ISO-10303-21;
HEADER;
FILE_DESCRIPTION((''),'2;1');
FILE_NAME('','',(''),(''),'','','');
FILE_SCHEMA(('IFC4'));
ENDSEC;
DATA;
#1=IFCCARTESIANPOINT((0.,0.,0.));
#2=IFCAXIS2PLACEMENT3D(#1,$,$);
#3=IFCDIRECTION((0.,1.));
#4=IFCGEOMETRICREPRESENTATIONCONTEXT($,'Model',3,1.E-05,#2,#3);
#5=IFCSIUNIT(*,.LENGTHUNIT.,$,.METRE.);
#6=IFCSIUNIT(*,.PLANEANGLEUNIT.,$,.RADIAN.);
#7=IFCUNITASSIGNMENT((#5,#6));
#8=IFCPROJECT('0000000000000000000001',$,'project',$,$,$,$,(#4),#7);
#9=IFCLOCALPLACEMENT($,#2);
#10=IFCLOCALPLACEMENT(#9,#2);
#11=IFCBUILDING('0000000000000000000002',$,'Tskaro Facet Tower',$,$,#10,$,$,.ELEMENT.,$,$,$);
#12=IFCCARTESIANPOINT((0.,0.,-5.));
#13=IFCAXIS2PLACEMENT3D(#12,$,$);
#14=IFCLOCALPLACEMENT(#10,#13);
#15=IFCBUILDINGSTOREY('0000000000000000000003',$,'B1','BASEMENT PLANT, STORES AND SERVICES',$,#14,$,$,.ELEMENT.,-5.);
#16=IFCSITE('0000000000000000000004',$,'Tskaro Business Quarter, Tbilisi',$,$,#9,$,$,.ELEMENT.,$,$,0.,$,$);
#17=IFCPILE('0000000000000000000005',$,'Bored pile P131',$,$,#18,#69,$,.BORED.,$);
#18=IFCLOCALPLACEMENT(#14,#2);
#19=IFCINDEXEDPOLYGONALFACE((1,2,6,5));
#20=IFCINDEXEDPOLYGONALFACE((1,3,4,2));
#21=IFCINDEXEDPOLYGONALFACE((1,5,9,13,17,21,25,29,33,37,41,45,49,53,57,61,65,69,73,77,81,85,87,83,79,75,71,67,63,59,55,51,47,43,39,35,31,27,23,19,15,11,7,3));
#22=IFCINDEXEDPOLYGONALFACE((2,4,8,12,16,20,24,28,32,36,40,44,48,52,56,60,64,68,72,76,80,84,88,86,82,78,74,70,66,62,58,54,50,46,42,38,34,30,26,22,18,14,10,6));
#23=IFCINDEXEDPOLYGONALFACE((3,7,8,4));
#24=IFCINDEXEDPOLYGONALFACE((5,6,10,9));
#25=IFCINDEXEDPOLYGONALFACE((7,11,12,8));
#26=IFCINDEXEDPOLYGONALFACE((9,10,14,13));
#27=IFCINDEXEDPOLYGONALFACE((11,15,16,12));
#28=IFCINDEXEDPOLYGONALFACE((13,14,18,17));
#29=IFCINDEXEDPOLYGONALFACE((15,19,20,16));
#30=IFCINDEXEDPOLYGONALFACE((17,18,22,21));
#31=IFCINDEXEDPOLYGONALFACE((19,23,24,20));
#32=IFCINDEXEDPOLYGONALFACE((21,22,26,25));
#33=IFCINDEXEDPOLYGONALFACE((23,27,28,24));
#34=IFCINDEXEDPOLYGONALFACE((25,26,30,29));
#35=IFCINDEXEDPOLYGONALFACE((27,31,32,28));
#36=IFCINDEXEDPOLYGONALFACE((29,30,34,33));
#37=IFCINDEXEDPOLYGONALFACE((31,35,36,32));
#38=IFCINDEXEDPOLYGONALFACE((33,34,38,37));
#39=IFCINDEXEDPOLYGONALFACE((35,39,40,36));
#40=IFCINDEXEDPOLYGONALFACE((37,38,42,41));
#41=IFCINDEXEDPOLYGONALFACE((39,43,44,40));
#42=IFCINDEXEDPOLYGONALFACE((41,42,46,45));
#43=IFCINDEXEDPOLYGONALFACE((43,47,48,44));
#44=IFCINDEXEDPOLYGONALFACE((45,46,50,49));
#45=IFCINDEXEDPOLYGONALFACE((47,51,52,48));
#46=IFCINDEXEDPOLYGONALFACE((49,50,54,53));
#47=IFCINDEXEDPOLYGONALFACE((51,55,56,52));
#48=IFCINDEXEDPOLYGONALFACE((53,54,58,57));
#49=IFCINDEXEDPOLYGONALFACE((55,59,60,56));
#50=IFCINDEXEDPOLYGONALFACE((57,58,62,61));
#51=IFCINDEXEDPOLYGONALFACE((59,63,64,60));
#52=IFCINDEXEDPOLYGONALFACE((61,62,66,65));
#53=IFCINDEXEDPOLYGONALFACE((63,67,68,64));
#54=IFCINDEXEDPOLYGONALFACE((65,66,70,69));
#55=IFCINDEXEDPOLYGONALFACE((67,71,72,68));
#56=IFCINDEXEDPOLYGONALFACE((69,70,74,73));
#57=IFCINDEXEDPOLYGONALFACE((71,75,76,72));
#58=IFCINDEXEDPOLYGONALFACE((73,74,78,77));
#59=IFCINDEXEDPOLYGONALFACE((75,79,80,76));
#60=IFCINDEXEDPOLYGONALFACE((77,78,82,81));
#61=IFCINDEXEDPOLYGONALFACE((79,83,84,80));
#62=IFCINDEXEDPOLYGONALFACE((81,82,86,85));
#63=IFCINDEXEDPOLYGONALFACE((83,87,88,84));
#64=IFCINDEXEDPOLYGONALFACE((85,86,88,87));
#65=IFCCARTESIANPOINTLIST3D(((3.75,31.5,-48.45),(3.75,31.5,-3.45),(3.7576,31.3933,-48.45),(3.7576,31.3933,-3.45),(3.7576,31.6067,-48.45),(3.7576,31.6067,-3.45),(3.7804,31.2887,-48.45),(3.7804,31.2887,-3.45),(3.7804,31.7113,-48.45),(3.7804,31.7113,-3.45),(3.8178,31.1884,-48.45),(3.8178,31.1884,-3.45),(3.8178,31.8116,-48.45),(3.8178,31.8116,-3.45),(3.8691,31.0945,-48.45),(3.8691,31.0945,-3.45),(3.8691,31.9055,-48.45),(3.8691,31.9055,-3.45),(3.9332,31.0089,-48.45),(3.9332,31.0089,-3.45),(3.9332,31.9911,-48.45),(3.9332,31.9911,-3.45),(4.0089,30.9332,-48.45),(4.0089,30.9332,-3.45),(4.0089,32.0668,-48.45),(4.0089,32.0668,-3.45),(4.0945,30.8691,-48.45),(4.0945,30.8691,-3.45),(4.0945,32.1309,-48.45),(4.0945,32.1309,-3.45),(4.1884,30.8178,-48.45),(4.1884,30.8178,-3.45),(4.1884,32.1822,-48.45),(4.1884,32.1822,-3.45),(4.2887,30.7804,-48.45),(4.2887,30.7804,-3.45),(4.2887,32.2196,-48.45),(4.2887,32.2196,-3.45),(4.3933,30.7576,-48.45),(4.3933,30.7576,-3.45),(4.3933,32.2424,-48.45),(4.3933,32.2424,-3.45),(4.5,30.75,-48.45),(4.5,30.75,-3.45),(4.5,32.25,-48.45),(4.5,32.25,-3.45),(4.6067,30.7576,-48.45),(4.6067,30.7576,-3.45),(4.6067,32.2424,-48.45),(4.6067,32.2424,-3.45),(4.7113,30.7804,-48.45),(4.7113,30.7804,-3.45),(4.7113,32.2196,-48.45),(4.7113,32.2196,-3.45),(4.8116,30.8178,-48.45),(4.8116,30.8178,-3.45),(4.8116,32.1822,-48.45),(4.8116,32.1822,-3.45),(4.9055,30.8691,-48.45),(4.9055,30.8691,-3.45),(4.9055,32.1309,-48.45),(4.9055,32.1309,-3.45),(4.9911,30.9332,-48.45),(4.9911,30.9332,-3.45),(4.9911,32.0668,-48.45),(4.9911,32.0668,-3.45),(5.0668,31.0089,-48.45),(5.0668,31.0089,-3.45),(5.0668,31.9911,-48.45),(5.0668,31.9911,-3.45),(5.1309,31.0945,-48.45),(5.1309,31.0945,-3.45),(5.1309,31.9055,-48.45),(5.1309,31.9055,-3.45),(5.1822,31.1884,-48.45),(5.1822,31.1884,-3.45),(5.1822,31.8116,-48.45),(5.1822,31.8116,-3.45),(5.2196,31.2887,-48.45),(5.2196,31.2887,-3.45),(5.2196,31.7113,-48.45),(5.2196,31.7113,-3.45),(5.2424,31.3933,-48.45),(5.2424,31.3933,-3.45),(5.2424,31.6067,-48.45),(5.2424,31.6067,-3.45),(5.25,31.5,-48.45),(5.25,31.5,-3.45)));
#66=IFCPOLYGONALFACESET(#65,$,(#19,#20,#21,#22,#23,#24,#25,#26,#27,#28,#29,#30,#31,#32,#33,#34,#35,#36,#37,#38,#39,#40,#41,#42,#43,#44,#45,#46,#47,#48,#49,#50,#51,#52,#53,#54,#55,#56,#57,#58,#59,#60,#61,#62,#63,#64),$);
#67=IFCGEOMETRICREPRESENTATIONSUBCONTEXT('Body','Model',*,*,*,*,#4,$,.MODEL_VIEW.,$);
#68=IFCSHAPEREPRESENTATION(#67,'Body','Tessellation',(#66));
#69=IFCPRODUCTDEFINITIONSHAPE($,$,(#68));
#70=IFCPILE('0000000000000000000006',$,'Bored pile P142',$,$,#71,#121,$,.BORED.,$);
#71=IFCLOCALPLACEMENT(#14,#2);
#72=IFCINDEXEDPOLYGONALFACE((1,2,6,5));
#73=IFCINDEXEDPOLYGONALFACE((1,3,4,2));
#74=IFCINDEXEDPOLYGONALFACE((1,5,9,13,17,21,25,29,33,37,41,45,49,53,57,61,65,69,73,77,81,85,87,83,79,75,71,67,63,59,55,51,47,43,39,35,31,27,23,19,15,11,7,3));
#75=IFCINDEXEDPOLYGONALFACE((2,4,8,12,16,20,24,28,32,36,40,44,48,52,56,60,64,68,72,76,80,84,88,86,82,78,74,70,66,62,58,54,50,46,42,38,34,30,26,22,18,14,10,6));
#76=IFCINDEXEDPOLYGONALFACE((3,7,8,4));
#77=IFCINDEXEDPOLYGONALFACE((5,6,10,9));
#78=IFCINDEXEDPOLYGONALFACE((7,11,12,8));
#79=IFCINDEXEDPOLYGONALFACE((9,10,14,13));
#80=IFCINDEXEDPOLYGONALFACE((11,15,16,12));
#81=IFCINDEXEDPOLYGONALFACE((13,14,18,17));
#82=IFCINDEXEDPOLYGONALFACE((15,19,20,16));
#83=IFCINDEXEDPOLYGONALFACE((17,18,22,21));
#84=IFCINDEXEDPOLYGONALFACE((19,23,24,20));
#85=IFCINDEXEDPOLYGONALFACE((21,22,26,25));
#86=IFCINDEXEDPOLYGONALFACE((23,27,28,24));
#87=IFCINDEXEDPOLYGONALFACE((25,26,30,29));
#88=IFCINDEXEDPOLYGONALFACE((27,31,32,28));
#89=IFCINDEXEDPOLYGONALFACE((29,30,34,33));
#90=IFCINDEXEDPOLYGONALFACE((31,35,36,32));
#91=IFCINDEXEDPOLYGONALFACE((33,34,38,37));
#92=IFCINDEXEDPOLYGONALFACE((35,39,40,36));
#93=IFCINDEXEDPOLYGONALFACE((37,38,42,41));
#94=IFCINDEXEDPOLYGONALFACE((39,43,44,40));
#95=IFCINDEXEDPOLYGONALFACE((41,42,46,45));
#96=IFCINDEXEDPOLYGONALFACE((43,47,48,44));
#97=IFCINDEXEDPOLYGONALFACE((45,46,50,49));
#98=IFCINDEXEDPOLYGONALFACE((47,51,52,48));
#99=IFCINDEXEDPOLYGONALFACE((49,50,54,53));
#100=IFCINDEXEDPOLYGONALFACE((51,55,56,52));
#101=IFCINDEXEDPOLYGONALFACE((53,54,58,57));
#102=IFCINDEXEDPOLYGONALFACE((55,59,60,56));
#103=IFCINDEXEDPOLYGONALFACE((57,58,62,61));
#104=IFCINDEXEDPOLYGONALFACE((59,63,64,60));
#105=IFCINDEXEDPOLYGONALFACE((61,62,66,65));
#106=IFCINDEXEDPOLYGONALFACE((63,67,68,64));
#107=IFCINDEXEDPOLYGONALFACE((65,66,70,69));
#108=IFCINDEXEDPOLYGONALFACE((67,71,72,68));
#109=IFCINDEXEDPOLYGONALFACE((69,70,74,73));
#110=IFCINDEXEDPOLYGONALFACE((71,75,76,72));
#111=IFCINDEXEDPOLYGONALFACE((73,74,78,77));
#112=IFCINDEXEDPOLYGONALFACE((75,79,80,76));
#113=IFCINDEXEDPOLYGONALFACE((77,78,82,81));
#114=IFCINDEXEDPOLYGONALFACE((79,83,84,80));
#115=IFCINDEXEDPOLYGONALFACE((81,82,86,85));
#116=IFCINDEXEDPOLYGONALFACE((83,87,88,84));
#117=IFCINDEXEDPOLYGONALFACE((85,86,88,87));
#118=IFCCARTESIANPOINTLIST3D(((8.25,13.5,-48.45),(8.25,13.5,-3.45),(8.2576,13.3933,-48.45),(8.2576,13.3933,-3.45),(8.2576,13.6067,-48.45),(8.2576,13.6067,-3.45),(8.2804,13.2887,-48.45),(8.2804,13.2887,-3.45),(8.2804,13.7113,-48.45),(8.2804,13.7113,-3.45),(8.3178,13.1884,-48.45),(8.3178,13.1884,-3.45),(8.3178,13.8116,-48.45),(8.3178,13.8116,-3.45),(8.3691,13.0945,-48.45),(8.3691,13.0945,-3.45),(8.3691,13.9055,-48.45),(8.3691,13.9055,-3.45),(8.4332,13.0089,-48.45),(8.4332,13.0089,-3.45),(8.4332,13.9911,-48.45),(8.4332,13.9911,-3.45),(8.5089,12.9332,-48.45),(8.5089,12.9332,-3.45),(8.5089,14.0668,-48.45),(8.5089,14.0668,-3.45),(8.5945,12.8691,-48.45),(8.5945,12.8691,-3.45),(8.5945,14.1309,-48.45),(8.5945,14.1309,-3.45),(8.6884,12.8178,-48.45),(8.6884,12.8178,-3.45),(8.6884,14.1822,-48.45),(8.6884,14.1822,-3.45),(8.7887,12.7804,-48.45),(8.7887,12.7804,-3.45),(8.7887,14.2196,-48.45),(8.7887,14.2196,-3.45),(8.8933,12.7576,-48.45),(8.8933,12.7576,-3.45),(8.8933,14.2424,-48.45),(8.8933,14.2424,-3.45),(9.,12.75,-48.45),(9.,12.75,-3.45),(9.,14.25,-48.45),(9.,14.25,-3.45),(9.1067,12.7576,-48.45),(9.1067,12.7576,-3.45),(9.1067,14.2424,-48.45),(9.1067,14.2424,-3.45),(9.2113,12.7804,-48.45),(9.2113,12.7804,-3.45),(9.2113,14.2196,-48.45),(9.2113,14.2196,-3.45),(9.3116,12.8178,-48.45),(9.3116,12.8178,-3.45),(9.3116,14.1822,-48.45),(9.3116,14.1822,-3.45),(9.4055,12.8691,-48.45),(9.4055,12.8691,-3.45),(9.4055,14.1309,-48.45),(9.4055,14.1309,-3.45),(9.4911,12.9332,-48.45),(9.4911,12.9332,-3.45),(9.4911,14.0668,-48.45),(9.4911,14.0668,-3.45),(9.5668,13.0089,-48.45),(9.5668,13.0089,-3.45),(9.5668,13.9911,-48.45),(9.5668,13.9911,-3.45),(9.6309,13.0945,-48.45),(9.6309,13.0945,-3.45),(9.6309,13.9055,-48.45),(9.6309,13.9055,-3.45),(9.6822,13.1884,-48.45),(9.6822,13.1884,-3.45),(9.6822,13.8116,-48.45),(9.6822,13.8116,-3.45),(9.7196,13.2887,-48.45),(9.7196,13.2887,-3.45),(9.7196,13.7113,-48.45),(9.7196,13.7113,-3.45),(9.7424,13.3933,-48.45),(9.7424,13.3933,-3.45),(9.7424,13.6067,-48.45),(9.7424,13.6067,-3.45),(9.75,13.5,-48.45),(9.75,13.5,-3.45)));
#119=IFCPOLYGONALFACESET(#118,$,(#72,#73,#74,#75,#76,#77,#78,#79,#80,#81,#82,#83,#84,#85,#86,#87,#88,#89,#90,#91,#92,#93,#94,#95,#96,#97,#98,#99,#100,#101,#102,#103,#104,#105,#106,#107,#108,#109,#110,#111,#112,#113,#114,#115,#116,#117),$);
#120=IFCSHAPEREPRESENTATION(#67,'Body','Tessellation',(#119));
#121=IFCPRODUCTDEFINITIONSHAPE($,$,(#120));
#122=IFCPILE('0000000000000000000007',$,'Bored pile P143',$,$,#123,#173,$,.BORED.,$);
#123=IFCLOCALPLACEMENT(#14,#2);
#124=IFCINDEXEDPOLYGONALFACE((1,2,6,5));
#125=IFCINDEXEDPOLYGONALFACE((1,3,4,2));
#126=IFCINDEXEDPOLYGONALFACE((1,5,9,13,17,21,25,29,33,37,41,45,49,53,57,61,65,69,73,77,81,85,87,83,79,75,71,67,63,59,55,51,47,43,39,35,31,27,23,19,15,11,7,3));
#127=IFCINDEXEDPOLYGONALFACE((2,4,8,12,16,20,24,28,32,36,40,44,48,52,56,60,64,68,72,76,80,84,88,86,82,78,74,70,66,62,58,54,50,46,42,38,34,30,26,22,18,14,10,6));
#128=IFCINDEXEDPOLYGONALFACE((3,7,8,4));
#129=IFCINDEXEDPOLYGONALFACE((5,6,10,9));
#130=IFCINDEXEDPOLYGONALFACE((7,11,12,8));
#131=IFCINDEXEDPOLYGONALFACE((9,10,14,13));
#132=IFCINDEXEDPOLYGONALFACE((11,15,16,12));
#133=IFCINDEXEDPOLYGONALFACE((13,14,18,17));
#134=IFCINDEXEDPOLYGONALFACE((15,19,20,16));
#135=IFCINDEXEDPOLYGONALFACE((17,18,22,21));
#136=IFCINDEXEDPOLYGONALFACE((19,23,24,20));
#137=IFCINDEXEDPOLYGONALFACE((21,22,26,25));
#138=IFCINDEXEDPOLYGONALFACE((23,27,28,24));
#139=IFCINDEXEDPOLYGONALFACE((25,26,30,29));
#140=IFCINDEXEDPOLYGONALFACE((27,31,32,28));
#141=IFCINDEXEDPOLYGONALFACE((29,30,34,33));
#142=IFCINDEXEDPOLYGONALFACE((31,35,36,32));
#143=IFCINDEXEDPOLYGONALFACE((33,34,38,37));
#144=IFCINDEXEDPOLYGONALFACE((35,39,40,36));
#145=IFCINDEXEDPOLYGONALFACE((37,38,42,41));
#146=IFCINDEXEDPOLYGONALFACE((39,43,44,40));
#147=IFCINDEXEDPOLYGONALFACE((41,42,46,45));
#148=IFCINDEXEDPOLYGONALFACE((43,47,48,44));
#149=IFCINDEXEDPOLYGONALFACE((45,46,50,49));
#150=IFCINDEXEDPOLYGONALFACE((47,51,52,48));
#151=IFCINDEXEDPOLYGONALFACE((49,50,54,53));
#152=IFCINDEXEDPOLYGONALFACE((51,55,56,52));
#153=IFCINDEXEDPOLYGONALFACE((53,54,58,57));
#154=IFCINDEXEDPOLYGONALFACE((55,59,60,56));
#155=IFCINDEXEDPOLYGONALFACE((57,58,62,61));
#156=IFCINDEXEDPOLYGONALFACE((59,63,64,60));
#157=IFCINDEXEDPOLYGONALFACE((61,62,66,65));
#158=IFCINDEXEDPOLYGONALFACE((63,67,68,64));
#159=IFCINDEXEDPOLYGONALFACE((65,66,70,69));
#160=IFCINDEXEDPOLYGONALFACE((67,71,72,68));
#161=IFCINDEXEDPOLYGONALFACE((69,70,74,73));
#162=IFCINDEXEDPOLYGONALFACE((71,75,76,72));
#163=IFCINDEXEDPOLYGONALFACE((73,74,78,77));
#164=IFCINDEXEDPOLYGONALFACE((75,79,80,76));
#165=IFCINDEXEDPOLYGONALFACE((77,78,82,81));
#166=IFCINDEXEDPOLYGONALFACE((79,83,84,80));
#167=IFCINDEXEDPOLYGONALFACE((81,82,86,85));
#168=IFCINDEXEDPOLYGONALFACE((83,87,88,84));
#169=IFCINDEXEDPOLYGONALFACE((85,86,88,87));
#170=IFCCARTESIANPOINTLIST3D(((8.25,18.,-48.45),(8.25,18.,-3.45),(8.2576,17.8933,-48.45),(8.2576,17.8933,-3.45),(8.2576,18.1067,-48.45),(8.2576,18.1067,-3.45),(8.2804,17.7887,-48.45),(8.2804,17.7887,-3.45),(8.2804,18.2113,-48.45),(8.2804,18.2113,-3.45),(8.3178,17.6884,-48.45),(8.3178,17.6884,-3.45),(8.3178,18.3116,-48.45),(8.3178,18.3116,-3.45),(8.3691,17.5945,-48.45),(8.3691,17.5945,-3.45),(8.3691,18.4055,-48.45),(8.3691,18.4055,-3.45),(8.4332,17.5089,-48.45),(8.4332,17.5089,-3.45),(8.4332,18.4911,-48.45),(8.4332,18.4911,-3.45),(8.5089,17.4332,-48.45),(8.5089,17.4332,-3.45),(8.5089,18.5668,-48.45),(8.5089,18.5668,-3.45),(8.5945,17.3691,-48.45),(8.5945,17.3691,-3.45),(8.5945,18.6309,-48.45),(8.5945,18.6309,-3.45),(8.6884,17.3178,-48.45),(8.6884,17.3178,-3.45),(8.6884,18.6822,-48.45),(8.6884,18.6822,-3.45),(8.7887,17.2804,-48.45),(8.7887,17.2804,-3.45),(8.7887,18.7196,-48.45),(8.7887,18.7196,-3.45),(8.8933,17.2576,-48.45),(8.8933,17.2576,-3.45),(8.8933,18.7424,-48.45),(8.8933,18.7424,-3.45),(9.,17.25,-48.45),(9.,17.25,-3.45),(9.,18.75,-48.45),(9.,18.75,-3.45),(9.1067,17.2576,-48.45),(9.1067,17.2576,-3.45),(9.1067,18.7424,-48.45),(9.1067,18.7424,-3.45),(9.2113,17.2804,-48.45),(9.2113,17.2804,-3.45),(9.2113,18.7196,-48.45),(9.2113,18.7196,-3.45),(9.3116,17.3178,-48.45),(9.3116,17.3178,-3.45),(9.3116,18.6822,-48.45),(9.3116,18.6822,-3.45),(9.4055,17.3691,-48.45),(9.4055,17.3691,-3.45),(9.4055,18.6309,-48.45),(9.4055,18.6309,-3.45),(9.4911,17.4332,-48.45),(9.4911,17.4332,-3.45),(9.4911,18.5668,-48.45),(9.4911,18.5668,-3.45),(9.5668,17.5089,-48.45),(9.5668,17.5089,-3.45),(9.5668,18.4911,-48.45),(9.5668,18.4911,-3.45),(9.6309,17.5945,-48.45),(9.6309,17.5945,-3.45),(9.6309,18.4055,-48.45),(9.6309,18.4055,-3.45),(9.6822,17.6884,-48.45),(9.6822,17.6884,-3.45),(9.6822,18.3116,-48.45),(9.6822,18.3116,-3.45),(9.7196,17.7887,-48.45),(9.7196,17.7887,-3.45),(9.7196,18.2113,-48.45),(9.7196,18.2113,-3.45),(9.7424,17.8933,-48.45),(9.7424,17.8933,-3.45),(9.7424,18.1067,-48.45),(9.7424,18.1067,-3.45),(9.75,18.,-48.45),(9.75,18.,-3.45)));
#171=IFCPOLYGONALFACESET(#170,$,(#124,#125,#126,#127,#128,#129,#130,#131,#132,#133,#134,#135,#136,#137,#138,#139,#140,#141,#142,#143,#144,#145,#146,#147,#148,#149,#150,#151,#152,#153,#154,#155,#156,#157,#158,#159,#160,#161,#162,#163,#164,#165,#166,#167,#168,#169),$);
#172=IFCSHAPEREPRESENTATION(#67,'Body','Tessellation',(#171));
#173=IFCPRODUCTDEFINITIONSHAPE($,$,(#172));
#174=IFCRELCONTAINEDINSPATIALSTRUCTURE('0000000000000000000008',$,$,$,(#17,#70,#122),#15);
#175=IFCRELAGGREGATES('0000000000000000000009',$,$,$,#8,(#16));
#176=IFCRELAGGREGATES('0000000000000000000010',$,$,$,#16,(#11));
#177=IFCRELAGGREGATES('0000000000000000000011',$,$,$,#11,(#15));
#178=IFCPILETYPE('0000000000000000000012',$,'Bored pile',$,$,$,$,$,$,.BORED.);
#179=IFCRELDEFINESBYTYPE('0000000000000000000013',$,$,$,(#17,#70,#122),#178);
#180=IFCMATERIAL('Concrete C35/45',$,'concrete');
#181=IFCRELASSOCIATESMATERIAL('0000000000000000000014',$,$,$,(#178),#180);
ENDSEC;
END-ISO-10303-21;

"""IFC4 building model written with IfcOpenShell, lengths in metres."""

from ifc_helpers import new_model, si_unit, direction, frame, origin, origin_2d, place, context, subcontext, project, spatial, circle, extrude, material, material_profile, profile_set, type_object, element, save


model = new_model("IFC4")

# Units and contexts
model_context = context("Model", 3, precision=1e-05, world=origin(), true_north=direction((0.0, 1.0)))
body_context = subcontext(model_context, "Body", "Model", "MODEL_VIEW")
ifc_project = project(units=[si_unit("LENGTHUNIT", "METRE"), si_unit("PLANEANGLEUNIT", "RADIAN")], contexts=[model_context])

# Site, building, storey
site_placement = place(None, origin())
site = spatial("IfcSite", under=ifc_project, at=site_placement, Name="Tskaro Business Quarter, Tbilisi", CompositionType="ELEMENT", RefElevation=0.0)
building_placement = place(site_placement, origin())
building = spatial("IfcBuilding", under=site, at=building_placement, Name="Tskaro Facet Tower", CompositionType="ELEMENT")
storey_placement = place(building_placement, frame((0.0, 0.0, -5.0)))
storey = spatial("IfcBuildingStorey", under=building, at=storey_placement, Name="B1", Description="BASEMENT PLANT, STORES AND SERVICES", CompositionType="ELEMENT", Elevation=-5.0)

# Piles
ifc_material_1 = material(Name="Concrete C35/45", Category="concrete")
ifc_material_profile_1 = material_profile(ifc_material_1, circle(Radius=0.75, at=origin_2d()), Name="Bored pile")
ifc_profile_set_1 = profile_set([ifc_material_profile_1], Name="Concrete C35/45")
pile_type = type_object("IfcPileType", Name="Bored pile", PredefinedType="BORED", material=ifc_profile_set_1)
for number, where, z_axis, x_axis, name in (
    (1, (4.5, 31.5, -3.45), (0.0, 0.0, -1.0), (1.0, 0.0, 0.0), "Bored pile P131"),
    (2, (9.0, 13.5, -3.45), (0.0, 0.0, -1.0), (1.0, 0.0, 0.0), "Bored pile P142"),
    (3, (9.0, 18.0, -3.45), (0.0, 0.0, -1.0), (1.0, 0.0, 0.0), "Bored pile P143"),
):
    element("IfcPile", number, at=place(storey_placement, frame(where, z_axis=z_axis, x_axis=x_axis)), inside=storey, type_object=pile_type, Name=name, PredefinedType="BORED", context=body_context, shape_type="SweptSolid", body=[
        extrude(circle(Radius=0.75, at=origin_2d()), origin(), (0.0, 0.0, 1.0), 45.0),
    ])

save(model, "model.ifc")
